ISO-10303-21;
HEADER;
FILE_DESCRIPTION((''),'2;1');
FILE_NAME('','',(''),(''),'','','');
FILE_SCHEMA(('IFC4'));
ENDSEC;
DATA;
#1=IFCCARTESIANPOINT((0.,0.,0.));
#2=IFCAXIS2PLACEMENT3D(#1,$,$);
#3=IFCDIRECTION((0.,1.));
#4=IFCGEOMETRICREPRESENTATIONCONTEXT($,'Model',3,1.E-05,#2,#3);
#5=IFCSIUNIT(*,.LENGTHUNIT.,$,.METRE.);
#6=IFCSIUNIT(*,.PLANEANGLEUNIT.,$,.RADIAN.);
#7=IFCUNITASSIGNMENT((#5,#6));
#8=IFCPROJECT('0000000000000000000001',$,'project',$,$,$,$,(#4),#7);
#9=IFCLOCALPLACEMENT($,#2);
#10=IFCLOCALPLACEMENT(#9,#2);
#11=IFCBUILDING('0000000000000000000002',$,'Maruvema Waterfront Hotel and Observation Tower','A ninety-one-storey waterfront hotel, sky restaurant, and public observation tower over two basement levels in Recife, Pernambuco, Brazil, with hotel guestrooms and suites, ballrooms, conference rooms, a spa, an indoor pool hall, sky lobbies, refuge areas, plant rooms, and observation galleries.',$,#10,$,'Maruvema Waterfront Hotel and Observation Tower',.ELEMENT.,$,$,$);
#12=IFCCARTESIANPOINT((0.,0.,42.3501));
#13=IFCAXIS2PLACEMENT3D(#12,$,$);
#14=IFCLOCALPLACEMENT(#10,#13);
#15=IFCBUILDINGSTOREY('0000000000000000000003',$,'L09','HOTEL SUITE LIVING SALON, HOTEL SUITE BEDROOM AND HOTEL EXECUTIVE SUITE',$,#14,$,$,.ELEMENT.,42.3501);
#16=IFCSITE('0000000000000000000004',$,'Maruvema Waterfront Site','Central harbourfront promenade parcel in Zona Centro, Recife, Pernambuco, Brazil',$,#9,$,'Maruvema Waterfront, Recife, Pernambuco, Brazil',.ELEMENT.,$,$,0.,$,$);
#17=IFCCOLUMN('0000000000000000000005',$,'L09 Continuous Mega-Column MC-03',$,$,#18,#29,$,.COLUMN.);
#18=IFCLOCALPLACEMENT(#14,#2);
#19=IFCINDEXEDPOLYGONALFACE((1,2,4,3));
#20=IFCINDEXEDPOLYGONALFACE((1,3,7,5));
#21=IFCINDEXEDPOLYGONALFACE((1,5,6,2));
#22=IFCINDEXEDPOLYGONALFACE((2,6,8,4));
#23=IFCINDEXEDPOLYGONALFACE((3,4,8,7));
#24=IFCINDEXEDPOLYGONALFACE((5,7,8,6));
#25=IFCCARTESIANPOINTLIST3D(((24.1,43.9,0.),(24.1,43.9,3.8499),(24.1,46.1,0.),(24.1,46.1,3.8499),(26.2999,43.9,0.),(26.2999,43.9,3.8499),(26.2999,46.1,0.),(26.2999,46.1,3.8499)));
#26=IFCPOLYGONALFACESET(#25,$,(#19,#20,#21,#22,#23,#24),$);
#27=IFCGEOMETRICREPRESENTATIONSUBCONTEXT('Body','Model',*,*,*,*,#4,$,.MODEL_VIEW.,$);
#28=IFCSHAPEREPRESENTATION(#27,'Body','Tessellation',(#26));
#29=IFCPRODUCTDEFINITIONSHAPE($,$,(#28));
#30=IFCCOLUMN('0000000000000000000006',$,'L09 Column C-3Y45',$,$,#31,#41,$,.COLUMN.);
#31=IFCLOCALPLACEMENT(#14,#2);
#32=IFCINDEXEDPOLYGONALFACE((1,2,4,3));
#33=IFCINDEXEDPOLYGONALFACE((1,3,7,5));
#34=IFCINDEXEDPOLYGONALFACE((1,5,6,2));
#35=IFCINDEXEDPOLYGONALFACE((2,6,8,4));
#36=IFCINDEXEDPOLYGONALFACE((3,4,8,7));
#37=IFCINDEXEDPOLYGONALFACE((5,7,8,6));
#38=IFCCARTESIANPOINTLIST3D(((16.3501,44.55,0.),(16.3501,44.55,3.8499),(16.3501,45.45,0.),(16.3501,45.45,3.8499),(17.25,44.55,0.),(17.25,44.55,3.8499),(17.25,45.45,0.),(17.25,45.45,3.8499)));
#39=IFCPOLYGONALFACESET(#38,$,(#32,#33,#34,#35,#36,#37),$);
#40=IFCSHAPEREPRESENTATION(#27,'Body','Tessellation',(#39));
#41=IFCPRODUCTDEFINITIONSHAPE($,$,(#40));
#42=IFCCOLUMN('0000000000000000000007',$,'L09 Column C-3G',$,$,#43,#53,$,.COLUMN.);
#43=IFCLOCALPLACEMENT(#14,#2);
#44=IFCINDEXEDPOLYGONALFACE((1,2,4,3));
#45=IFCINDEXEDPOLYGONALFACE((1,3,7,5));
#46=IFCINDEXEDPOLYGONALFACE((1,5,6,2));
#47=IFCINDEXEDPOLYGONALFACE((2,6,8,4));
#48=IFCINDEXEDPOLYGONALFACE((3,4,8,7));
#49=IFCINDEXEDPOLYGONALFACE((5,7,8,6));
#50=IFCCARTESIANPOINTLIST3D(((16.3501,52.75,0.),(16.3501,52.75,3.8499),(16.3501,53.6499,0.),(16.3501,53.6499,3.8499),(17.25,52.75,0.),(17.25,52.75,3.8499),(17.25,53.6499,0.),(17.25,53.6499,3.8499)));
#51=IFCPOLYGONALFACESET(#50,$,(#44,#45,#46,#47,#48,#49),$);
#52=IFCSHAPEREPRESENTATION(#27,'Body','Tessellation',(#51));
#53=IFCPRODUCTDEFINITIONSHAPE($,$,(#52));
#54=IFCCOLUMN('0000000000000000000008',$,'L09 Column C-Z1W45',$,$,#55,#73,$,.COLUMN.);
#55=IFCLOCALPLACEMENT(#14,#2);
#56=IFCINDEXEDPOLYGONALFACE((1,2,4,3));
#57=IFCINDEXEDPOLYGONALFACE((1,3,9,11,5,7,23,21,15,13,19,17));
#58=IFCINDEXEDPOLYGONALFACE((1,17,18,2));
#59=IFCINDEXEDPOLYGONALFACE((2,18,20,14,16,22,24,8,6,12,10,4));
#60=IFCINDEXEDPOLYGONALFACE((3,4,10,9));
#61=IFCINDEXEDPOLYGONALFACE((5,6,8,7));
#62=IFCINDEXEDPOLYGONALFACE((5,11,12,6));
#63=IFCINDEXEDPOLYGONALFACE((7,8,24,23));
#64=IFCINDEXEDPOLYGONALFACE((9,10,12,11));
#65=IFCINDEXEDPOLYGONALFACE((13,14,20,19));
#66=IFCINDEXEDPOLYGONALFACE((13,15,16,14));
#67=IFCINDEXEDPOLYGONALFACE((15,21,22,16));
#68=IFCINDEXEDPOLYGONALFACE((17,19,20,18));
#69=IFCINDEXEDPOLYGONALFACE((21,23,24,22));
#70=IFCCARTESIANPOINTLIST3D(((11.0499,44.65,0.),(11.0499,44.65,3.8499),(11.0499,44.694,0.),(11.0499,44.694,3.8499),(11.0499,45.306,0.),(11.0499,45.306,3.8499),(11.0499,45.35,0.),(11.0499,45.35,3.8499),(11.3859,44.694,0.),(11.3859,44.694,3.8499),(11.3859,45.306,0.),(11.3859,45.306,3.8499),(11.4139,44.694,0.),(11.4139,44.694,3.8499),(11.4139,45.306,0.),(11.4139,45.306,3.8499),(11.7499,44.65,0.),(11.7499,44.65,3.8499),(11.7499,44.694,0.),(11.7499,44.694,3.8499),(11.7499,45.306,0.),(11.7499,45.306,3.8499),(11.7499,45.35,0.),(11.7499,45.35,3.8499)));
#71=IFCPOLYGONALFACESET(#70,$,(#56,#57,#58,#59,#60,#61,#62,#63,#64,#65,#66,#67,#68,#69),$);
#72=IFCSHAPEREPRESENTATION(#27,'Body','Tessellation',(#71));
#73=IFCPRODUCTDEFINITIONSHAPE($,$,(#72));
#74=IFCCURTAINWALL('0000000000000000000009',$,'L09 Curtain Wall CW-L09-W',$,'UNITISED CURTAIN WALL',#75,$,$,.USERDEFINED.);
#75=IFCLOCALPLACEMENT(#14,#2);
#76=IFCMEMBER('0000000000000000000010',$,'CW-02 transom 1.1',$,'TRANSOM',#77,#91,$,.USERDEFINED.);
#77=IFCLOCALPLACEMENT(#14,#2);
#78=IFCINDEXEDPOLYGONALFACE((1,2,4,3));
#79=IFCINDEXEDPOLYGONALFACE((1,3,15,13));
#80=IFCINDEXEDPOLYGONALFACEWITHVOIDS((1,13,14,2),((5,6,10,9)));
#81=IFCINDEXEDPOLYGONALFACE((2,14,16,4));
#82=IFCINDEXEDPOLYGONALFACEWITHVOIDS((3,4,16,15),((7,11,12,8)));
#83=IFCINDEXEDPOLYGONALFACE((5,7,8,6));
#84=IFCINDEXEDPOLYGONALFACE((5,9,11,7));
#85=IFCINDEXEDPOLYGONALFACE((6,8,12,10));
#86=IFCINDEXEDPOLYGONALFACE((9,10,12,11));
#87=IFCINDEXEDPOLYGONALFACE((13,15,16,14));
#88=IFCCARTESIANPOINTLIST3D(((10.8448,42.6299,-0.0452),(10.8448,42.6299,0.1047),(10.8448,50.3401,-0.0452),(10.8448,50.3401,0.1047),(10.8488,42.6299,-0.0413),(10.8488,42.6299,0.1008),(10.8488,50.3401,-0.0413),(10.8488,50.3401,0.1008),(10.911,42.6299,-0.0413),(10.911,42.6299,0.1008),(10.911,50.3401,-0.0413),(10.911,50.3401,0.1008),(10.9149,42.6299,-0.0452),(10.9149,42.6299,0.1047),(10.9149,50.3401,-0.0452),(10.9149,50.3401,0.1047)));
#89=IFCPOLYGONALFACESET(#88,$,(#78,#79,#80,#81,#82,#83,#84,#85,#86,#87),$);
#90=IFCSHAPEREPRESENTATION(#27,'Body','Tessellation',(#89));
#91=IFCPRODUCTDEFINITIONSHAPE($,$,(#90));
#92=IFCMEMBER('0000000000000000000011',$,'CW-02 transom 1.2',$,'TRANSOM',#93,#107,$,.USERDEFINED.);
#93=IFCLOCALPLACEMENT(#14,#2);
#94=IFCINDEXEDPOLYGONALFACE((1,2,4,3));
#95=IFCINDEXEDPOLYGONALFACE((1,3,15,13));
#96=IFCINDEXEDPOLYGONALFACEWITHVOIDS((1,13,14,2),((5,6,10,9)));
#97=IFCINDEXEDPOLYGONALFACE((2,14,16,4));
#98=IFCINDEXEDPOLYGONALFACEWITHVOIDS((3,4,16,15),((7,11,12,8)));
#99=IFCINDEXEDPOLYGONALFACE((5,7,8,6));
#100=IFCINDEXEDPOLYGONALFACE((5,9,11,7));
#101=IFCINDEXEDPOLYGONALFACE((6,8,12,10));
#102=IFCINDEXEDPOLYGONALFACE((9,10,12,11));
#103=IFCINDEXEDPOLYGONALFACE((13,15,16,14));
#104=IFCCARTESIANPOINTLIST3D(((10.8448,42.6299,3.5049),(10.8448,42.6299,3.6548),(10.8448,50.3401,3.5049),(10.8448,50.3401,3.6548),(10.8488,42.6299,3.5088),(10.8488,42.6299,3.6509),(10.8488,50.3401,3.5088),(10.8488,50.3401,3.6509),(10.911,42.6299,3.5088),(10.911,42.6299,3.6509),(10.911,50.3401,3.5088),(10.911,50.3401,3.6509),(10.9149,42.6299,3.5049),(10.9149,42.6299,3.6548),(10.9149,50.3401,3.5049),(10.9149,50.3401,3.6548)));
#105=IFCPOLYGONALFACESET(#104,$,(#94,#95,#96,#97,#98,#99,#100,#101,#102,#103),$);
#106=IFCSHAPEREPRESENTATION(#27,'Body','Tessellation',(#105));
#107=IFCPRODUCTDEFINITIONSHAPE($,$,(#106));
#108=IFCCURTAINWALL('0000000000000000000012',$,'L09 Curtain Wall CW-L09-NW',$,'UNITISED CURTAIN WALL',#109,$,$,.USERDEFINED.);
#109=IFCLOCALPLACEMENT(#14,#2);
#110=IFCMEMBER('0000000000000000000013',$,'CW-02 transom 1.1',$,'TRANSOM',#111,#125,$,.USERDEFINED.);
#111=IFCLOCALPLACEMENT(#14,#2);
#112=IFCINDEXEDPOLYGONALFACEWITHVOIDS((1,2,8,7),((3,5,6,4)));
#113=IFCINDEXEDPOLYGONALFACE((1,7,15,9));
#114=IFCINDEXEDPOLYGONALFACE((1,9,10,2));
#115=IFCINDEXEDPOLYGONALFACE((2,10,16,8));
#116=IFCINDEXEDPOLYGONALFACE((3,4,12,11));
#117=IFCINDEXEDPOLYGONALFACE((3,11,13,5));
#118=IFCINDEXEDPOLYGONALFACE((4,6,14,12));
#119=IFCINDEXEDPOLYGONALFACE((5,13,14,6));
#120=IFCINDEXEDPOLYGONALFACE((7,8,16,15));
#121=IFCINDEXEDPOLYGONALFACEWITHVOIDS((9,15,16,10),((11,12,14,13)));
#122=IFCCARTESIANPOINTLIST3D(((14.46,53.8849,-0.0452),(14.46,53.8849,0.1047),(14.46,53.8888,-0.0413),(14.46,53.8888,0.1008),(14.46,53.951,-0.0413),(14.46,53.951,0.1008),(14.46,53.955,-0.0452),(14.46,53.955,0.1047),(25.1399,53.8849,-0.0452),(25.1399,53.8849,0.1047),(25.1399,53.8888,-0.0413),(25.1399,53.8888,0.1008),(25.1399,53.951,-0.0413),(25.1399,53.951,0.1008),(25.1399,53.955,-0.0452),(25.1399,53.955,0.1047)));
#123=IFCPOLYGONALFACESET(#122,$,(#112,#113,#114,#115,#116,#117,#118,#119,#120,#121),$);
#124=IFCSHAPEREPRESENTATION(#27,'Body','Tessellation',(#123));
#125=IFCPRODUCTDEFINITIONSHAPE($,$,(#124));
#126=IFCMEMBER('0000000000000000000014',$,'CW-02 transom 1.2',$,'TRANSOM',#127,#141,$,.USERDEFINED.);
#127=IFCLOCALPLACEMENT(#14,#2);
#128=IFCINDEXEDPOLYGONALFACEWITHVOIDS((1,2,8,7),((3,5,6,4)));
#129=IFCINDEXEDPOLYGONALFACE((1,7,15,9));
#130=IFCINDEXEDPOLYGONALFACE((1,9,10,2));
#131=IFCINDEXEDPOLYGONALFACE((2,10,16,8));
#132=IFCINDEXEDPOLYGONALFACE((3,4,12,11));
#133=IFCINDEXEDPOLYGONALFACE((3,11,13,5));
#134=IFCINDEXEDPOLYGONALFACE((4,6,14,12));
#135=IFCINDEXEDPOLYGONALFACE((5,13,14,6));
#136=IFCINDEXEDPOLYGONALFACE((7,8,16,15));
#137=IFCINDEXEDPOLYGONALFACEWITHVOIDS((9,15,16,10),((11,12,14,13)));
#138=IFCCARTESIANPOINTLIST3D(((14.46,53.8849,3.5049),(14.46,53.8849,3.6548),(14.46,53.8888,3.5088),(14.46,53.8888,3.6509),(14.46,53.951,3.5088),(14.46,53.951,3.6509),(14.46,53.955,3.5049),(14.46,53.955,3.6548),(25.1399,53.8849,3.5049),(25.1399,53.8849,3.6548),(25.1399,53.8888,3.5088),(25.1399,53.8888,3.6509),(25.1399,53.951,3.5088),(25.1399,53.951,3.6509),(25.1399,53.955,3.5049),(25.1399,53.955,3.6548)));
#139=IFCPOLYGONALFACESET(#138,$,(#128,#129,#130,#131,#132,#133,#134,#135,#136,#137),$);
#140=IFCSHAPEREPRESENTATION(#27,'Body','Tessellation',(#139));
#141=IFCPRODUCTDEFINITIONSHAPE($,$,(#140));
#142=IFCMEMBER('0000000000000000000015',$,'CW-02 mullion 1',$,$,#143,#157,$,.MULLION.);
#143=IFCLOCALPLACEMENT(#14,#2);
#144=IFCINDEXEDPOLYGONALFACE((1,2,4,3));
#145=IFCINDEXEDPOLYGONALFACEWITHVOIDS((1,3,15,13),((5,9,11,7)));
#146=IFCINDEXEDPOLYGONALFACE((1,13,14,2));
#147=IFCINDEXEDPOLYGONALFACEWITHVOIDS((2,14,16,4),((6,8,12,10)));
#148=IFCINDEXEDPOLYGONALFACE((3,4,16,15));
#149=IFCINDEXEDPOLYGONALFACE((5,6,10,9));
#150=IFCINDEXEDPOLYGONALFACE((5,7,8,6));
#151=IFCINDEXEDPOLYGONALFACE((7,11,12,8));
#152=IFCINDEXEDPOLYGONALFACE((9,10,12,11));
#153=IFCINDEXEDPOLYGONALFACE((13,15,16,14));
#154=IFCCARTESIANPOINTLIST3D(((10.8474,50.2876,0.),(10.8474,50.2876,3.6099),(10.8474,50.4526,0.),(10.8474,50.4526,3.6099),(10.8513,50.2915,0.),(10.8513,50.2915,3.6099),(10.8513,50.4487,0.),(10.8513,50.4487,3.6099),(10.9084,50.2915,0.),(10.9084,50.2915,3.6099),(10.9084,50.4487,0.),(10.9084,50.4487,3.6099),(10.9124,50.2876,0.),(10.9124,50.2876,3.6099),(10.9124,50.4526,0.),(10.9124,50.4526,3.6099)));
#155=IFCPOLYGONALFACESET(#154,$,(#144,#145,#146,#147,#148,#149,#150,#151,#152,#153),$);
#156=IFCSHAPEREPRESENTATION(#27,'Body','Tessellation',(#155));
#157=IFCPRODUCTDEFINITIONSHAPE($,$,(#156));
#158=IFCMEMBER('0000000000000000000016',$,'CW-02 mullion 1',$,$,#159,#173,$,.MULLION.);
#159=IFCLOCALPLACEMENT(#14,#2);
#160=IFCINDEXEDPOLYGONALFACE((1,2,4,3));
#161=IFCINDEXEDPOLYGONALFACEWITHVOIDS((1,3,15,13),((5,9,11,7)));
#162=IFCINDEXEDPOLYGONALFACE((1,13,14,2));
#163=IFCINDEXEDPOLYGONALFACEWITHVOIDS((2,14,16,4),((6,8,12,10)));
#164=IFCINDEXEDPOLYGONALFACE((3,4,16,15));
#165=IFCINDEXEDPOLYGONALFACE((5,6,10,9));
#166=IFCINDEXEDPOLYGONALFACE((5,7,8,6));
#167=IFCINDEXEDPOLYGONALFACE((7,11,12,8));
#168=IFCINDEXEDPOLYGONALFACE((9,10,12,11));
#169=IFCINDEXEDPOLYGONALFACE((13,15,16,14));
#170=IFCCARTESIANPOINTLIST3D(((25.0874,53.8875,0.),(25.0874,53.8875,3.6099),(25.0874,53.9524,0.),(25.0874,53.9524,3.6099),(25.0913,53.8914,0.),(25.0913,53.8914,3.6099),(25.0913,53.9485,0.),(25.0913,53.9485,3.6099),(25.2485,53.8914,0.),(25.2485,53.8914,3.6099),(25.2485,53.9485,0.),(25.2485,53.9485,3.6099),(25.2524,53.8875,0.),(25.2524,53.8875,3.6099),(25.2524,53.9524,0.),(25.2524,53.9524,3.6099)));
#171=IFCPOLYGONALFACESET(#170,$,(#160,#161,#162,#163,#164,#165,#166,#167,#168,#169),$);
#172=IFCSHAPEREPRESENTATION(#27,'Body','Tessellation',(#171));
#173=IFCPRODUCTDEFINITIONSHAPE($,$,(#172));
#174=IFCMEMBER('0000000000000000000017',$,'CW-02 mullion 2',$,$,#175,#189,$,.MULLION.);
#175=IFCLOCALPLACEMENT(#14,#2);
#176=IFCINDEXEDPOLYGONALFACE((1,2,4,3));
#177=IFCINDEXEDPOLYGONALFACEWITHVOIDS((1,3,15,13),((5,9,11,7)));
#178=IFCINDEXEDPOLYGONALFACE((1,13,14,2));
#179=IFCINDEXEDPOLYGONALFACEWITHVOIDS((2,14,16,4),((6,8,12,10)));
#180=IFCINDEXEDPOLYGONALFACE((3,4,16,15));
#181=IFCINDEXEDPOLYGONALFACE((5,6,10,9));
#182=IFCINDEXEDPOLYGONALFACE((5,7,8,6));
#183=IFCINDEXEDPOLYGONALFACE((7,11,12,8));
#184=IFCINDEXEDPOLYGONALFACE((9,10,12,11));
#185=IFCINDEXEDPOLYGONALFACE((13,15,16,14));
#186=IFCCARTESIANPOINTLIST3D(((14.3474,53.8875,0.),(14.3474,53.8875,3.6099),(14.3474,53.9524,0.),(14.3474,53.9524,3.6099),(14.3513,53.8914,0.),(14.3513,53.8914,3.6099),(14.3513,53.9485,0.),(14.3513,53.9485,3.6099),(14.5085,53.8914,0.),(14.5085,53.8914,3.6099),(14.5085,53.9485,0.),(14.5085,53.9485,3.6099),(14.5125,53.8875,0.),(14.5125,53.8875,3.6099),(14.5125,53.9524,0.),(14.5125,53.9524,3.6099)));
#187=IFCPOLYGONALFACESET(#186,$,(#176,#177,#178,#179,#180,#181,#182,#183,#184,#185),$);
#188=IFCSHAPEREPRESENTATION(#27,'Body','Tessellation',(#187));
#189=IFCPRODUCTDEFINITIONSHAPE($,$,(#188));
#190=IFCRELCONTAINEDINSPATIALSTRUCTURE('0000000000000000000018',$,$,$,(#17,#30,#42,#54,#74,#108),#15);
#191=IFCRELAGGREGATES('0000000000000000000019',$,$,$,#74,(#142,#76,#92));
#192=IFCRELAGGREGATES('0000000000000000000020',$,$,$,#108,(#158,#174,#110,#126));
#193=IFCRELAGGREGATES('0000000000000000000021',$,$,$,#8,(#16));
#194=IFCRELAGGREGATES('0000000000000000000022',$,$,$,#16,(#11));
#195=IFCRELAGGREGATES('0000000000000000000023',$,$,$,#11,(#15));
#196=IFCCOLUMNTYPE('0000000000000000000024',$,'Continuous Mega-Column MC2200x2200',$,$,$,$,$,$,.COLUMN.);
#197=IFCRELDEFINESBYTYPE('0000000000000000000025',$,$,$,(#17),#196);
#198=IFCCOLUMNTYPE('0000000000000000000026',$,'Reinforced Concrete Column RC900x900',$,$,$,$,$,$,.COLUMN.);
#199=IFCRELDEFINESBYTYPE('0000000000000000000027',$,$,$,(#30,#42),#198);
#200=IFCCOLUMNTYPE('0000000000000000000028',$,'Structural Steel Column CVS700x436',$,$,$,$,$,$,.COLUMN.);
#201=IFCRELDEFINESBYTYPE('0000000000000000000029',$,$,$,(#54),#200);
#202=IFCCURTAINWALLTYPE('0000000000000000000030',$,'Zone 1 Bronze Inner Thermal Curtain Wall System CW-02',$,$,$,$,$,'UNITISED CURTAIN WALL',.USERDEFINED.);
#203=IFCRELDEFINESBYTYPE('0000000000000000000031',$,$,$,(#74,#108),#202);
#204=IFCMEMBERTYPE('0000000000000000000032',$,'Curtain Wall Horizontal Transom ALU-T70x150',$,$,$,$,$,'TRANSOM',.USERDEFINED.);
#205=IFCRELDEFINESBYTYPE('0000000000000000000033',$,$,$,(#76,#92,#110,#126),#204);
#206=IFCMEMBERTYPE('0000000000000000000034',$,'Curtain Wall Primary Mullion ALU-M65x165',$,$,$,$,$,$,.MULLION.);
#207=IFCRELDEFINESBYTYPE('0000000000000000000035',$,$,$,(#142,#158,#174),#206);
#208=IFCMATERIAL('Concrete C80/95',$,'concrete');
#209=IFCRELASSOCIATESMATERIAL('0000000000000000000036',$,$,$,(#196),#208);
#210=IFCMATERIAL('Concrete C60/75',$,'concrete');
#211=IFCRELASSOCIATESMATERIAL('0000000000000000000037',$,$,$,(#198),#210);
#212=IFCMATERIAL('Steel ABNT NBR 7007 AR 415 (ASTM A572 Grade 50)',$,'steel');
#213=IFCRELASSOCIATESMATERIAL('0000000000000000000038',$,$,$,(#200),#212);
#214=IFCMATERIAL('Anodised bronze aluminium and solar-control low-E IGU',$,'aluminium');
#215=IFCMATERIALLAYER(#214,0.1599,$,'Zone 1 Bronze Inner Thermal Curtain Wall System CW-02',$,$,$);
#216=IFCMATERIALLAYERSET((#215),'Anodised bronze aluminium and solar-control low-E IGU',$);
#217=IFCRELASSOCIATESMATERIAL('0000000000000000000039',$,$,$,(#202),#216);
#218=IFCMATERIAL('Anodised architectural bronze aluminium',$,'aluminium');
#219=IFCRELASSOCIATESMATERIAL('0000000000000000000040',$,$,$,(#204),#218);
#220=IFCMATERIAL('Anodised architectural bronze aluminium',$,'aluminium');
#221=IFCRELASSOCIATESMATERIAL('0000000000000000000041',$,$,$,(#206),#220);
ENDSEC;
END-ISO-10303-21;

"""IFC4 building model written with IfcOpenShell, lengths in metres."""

from ifc_helpers import new_model, si_unit, direction, frame, origin, origin_2d, place, context, subcontext, project, spatial, rectangle, hollow_rectangle, i_section, extrude, material, layer, layer_set, material_profile, profile_set, type_object, element, aggregate, save


model = new_model("IFC4")

# Units and contexts
model_context = context("Model", 3, precision=1e-05, world=origin(), true_north=direction((0.0, 1.0)))
body_context = subcontext(model_context, "Body", "Model", "MODEL_VIEW")
ifc_project = project(units=[si_unit("LENGTHUNIT", "METRE"), si_unit("PLANEANGLEUNIT", "RADIAN")], contexts=[model_context])

# Site, building, storey
site_placement = place(None, origin())
site = spatial("IfcSite", under=ifc_project, at=site_placement, Name="Maruvema Waterfront Site", Description="Central harbourfront promenade parcel in Zona Centro, Recife, Pernambuco, Brazil", LongName="Maruvema Waterfront, Recife, Pernambuco, Brazil", CompositionType="ELEMENT", RefElevation=0.0)
building_placement = place(site_placement, origin())
building = spatial("IfcBuilding", under=site, at=building_placement, Name="Maruvema Waterfront Hotel and Observation Tower", Description="A ninety-one-storey waterfront hotel, sky restaurant, and public observation tower over two basement levels in Recife, Pernambuco, Brazil, with hotel guestrooms and suites, ballrooms, conference rooms, a spa, an indoor pool hall, sky lobbies, refuge areas, plant rooms, and observation galleries.", LongName="Maruvema Waterfront Hotel and Observation Tower", CompositionType="ELEMENT")
storey_placement = place(building_placement, frame((0.0, 0.0, 42.3501)))
storey = spatial("IfcBuildingStorey", under=building, at=storey_placement, Name="L09", Description="HOTEL SUITE LIVING SALON, HOTEL SUITE BEDROOM AND HOTEL EXECUTIVE SUITE", CompositionType="ELEMENT", Elevation=42.3501)

# Columns
ifc_material_1 = material(Name="Concrete C80/95", Category="concrete")
ifc_material_profile_1 = material_profile(ifc_material_1, rectangle(XDim=2.2, YDim=2.2, at=origin_2d()), Name="MC2200x2200")
ifc_profile_set_1 = profile_set([ifc_material_profile_1], Name="Concrete C80/95")
column_type_1 = type_object("IfcColumnType", Name="Continuous Mega-Column MC2200x2200", PredefinedType="COLUMN", material=ifc_profile_set_1)
column_1_placement = place(storey_placement, frame((25.2, 45.0, 0.0), z_axis=(0.0, 0.0, 1.0), x_axis=(1.0, 0.0, 0.0)))
element("IfcColumn", 1, at=column_1_placement, inside=storey, type_object=column_type_1, Name="L09 Continuous Mega-Column MC-03", PredefinedType="COLUMN", context=body_context, shape_type="SweptSolid", body=[
    extrude(rectangle(XDim=2.2, YDim=2.2, at=origin_2d()), origin(), (0.0, 0.0, 1.0), 3.8499),
])
ifc_material_2 = material(Name="Concrete C60/75", Category="concrete")
ifc_material_profile_2 = material_profile(ifc_material_2, rectangle(XDim=0.8999, YDim=0.8999, at=origin_2d()), Name="RC900x900")
ifc_profile_set_2 = profile_set([ifc_material_profile_2], Name="Concrete C60/75")
column_type_2 = type_object("IfcColumnType", Name="Reinforced Concrete Column RC900x900", PredefinedType="COLUMN", material=ifc_profile_set_2)
for number, where, z_axis, x_axis, name in (
    (2, (16.8, 45.0, 0.0), (0.0, 0.0, 1.0), (1.0, 0.0, 0.0), "L09 Column C-3Y45"),
    (3, (16.8, 53.2, 0.0), (0.0, 0.0, 1.0), (1.0, 0.0, 0.0), "L09 Column C-3G"),
):
    element("IfcColumn", number, at=place(storey_placement, frame(where, z_axis=z_axis, x_axis=x_axis)), inside=storey, type_object=column_type_2, Name=name, PredefinedType="COLUMN", context=body_context, shape_type="SweptSolid", body=[
        extrude(rectangle(XDim=0.8999, YDim=0.8999, at=origin_2d()), origin(), (0.0, 0.0, 1.0), 3.8499),
    ])
ifc_material_3 = material(Name="Steel ABNT NBR 7007 AR 415 (ASTM A572 Grade 50)", Category="steel")
ifc_material_profile_3 = material_profile(ifc_material_3, i_section(OverallWidth=0.7, OverallDepth=0.7, WebThickness=0.0281, FlangeThickness=0.0439, at=origin_2d()), Name="CVS700x436")
ifc_profile_set_3 = profile_set([ifc_material_profile_3], Name="Steel ABNT NBR 7007 AR 415 (ASTM A572 Grade 50)")
column_type_3 = type_object("IfcColumnType", Name="Structural Steel Column CVS700x436", PredefinedType="COLUMN", material=ifc_profile_set_3)
column_2_placement = place(storey_placement, frame((11.3999, 45.0, 0.0), z_axis=(0.0, 0.0, 1.0), x_axis=(1.0, 0.0, 0.0)))
element("IfcColumn", 4, at=column_2_placement, inside=storey, type_object=column_type_3, Name="L09 Column C-Z1W45", PredefinedType="COLUMN", context=body_context, shape_type="SweptSolid", body=[
    extrude(i_section(OverallWidth=0.7, OverallDepth=0.7, WebThickness=0.0281, FlangeThickness=0.0439, at=origin_2d()), origin(), (0.0, 0.0, 1.0), 3.8499),
])

# Curtain walls, members
ifc_material_4 = material(Name="Anodised bronze aluminium and solar-control low-E IGU", Category="aluminium")
ifc_layer_1 = layer(ifc_material_4, 0.1599, Name="Zone 1 Bronze Inner Thermal Curtain Wall System CW-02")
ifc_layer_set_1 = layer_set([ifc_layer_1], Name="Anodised bronze aluminium and solar-control low-E IGU")
curtain_wall_type = type_object("IfcCurtainWallType", Name="Zone 1 Bronze Inner Thermal Curtain Wall System CW-02", ElementType="UNITISED CURTAIN WALL", PredefinedType="USERDEFINED", material=ifc_layer_set_1)
curtain_wall_1_placement = place(storey_placement, origin())
curtain_wall_1 = element("IfcCurtainWall", 5, at=curtain_wall_1_placement, inside=storey, type_object=curtain_wall_type, Name="L09 Curtain Wall CW-L09-W", ObjectType="UNITISED CURTAIN WALL", PredefinedType="USERDEFINED")
ifc_material_5 = material(Name="Anodised architectural bronze aluminium", Category="aluminium")
ifc_material_profile_4 = material_profile(ifc_material_5, hollow_rectangle(XDim=0.0701, YDim=0.1499, WallThickness=0.0039, at=origin_2d()), Name="ALU-T70x150")
ifc_profile_set_4 = profile_set([ifc_material_profile_4], Name="Anodised architectural bronze aluminium")
member_type_1 = type_object("IfcMemberType", Name="Curtain Wall Horizontal Transom ALU-T70x150", ElementType="TRANSOM", PredefinedType="USERDEFINED", material=ifc_profile_set_4)
member_1_placement = place(storey_placement, frame((10.8799, 50.3401, 0.0298), z_axis=(0.0, -1.0, 0.0), x_axis=(1.0, 0.0, 0.0)))
member_1 = element("IfcMember", 6, at=member_1_placement, type_object=member_type_1, Name="CW-02 transom 1.1", ObjectType="TRANSOM", PredefinedType="USERDEFINED", context=body_context, shape_type="SweptSolid", body=[
    extrude(hollow_rectangle(XDim=0.0701, YDim=0.1499, WallThickness=0.0039, at=origin_2d()), origin(), (0.0, 0.0, 1.0), 7.7102),
])
member_2_placement = place(storey_placement, frame((10.8799, 50.3401, 3.5798), z_axis=(0.0, -1.0, 0.0), x_axis=(1.0, 0.0, 0.0)))
member_2 = element("IfcMember", 7, at=member_2_placement, type_object=member_type_1, Name="CW-02 transom 1.2", ObjectType="TRANSOM", PredefinedType="USERDEFINED", context=body_context, shape_type="SweptSolid", body=[
    extrude(hollow_rectangle(XDim=0.0701, YDim=0.1499, WallThickness=0.0039, at=origin_2d()), origin(), (0.0, 0.0, 1.0), 7.7102),
])
curtain_wall_2_placement = place(storey_placement, origin())
curtain_wall_2 = element("IfcCurtainWall", 8, at=curtain_wall_2_placement, inside=storey, type_object=curtain_wall_type, Name="L09 Curtain Wall CW-L09-NW", ObjectType="UNITISED CURTAIN WALL", PredefinedType="USERDEFINED")
member_3_placement = place(storey_placement, frame((25.1399, 53.9199, 0.0298), z_axis=(-1.0, 0.0, 0.0), x_axis=(0.0, -1.0, 0.0)))
member_3 = element("IfcMember", 9, at=member_3_placement, type_object=member_type_1, Name="CW-02 transom 1.1", ObjectType="TRANSOM", PredefinedType="USERDEFINED", context=body_context, shape_type="SweptSolid", body=[
    extrude(hollow_rectangle(XDim=0.0701, YDim=0.1499, WallThickness=0.0039, at=origin_2d()), origin(), (0.0, 0.0, 1.0), 10.6799),
])
member_4_placement = place(storey_placement, frame((25.1399, 53.9199, 3.5798), z_axis=(-1.0, 0.0, 0.0), x_axis=(0.0, -1.0, 0.0)))
member_4 = element("IfcMember", 10, at=member_4_placement, type_object=member_type_1, Name="CW-02 transom 1.2", ObjectType="TRANSOM", PredefinedType="USERDEFINED", context=body_context, shape_type="SweptSolid", body=[
    extrude(hollow_rectangle(XDim=0.0701, YDim=0.1499, WallThickness=0.0039, at=origin_2d()), origin(), (0.0, 0.0, 1.0), 10.6799),
])

# Members
ifc_material_6 = material(Name="Anodised architectural bronze aluminium", Category="aluminium")
ifc_material_profile_5 = material_profile(ifc_material_6, hollow_rectangle(XDim=0.0649, YDim=0.165, WallThickness=0.0039, at=origin_2d()), Name="ALU-M65x165")
ifc_profile_set_5 = profile_set([ifc_material_profile_5], Name="Anodised architectural bronze aluminium")
member_type_2 = type_object("IfcMemberType", Name="Curtain Wall Primary Mullion ALU-M65x165", PredefinedType="MULLION", material=ifc_profile_set_5)
member_5_placement = place(storey_placement, frame((10.8799, 50.3701, 0.0), z_axis=(0.0, 0.0, 1.0), x_axis=(1.0, 0.0, 0.0)))
member_5 = element("IfcMember", 11, at=member_5_placement, type_object=member_type_2, Name="CW-02 mullion 1", PredefinedType="MULLION", context=body_context, shape_type="SweptSolid", body=[
    extrude(hollow_rectangle(XDim=0.0649, YDim=0.165, WallThickness=0.0039, at=origin_2d()), origin(), (0.0, 0.0, 1.0), 3.6099),
])
member_6_placement = place(storey_placement, frame((25.1699, 53.9199, 0.0), z_axis=(0.0, 0.0, 1.0), x_axis=(0.0, -1.0, 0.0)))
member_6 = element("IfcMember", 12, at=member_6_placement, type_object=member_type_2, Name="CW-02 mullion 1", PredefinedType="MULLION", context=body_context, shape_type="SweptSolid", body=[
    extrude(hollow_rectangle(XDim=0.0649, YDim=0.165, WallThickness=0.0039, at=origin_2d()), origin(), (0.0, 0.0, 1.0), 3.6099),
])
member_7_placement = place(storey_placement, frame((14.4299, 53.9199, 0.0), z_axis=(0.0, 0.0, 1.0), x_axis=(0.0, -1.0, 0.0)))
member_7 = element("IfcMember", 13, at=member_7_placement, type_object=member_type_2, Name="CW-02 mullion 2", PredefinedType="MULLION", context=body_context, shape_type="SweptSolid", body=[
    extrude(hollow_rectangle(XDim=0.0649, YDim=0.165, WallThickness=0.0039, at=origin_2d()), origin(), (0.0, 0.0, 1.0), 3.6099),
])

aggregate(curtain_wall_1, [member_5, member_1, member_2])
aggregate(curtain_wall_2, [member_6, member_7, member_3, member_4])

save(model, "model.ifc")
